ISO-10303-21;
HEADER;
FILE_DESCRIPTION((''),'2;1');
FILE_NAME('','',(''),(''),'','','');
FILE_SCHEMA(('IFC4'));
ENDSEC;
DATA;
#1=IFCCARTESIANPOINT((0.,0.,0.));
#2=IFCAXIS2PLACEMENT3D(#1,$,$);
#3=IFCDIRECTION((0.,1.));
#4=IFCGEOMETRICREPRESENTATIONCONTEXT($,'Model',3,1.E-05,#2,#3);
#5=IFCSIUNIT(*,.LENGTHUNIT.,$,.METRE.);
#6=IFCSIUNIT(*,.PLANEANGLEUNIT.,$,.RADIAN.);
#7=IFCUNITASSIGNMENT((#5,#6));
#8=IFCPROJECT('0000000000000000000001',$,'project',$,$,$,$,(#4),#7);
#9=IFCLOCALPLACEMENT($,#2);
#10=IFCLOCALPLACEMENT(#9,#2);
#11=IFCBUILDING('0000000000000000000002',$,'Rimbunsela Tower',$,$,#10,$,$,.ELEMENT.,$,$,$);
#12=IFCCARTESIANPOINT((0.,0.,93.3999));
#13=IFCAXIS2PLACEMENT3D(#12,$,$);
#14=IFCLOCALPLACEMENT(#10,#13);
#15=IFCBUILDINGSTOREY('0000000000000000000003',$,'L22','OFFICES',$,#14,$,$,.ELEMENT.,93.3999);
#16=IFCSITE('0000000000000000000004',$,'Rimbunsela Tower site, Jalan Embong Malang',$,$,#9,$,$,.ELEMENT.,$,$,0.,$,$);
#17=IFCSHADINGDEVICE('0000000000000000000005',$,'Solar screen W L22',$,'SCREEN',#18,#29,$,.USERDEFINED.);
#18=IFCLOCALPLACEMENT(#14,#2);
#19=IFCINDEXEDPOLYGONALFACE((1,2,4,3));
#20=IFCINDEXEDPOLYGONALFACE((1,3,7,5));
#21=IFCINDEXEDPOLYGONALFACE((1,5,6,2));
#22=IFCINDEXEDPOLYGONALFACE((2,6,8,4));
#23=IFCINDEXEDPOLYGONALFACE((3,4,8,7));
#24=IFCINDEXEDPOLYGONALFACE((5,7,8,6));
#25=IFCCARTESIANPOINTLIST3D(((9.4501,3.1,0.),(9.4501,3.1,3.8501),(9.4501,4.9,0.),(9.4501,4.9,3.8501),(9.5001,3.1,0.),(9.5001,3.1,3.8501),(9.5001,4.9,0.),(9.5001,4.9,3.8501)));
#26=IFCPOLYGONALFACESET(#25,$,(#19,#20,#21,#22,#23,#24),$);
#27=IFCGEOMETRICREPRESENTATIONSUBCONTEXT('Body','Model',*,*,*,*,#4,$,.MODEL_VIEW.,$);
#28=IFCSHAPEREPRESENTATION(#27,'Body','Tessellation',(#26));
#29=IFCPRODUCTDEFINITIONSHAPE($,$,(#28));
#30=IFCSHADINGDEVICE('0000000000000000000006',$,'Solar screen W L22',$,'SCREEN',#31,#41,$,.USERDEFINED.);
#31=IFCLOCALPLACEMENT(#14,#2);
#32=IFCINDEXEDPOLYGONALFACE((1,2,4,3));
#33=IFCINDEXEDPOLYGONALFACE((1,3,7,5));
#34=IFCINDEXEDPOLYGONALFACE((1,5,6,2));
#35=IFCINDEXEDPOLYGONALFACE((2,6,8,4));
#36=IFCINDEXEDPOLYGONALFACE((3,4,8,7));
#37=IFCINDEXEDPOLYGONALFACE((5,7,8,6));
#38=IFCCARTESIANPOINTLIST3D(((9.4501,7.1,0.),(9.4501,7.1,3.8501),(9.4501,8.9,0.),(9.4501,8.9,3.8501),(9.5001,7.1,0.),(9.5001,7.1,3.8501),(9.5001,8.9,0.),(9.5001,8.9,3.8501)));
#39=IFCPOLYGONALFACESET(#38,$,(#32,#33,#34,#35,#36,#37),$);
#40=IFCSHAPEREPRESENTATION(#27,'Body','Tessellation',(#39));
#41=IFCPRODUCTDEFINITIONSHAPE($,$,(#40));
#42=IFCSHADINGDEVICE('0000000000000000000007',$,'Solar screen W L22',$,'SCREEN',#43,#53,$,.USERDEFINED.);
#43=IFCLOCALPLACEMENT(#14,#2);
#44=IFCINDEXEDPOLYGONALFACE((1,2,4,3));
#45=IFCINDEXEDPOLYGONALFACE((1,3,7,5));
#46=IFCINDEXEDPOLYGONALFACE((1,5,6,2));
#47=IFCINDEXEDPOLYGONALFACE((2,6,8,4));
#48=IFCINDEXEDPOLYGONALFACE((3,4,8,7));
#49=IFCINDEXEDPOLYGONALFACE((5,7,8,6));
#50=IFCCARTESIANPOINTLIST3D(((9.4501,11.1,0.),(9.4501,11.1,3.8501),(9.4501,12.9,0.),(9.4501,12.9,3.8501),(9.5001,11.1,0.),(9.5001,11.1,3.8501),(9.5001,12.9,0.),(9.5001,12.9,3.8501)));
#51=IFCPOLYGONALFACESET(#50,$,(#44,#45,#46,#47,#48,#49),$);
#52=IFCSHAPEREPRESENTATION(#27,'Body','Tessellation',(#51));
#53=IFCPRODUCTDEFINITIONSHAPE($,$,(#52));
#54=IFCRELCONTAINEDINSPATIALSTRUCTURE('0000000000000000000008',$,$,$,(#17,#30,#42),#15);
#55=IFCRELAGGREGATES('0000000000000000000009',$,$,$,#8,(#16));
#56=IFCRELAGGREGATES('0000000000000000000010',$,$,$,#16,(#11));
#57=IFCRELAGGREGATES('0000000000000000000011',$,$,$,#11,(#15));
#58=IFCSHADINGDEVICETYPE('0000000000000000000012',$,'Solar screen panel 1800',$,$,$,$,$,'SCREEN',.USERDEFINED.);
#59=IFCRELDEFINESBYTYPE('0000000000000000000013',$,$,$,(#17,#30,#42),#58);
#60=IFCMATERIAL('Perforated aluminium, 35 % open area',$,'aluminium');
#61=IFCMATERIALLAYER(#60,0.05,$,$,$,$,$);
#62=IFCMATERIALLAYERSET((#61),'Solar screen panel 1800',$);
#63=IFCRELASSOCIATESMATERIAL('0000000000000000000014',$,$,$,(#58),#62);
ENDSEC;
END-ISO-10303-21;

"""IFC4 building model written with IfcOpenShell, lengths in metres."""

from ifc_helpers import new_model, si_unit, direction, frame, origin, origin_2d, place, context, subcontext, project, spatial, rectangle, extrude, material, layer, layer_set, type_object, element, save


model = new_model("IFC4")

# Units and contexts
model_context = context("Model", 3, precision=1e-05, world=origin(), true_north=direction((0.0, 1.0)))
body_context = subcontext(model_context, "Body", "Model", "MODEL_VIEW")
ifc_project = project(units=[si_unit("LENGTHUNIT", "METRE"), si_unit("PLANEANGLEUNIT", "RADIAN")], contexts=[model_context])

# Site, building, storey
site_placement = place(None, origin())
site = spatial("IfcSite", under=ifc_project, at=site_placement, Name="Rimbunsela Tower site, Jalan Embong Malang", CompositionType="ELEMENT", RefElevation=0.0)
building_placement = place(site_placement, origin())
building = spatial("IfcBuilding", under=site, at=building_placement, Name="Rimbunsela Tower", CompositionType="ELEMENT")
storey_placement = place(building_placement, frame((0.0, 0.0, 93.3999)))
storey = spatial("IfcBuildingStorey", under=building, at=storey_placement, Name="L22", Description="OFFICES", CompositionType="ELEMENT", Elevation=93.3999)

# Shading devices
ifc_material_1 = material(Name="Perforated aluminium, 35 % open area", Category="aluminium")
ifc_layer_1 = layer(ifc_material_1, 0.05)
ifc_layer_set_1 = layer_set([ifc_layer_1], Name="Solar screen panel 1800")
shading_device_type = type_object("IfcShadingDeviceType", Name="Solar screen panel 1800", ElementType="SCREEN", PredefinedType="USERDEFINED", material=ifc_layer_set_1)
for number, where, z_axis, x_axis, name in (
    (1, (9.4751, 4.0, 0.0), (0.0, 0.0, 1.0), (0.0, 1.0, 0.0), "Solar screen W L22"),
    (2, (9.4751, 8.0, 0.0), (0.0, 0.0, 1.0), (0.0, 1.0, 0.0), "Solar screen W L22"),
    (3, (9.4751, 12.0, 0.0), (0.0, 0.0, 1.0), (0.0, 1.0, 0.0), "Solar screen W L22"),
):
    element("IfcShadingDevice", number, at=place(storey_placement, frame(where, z_axis=z_axis, x_axis=x_axis)), inside=storey, type_object=shading_device_type, Name=name, ObjectType="SCREEN", PredefinedType="USERDEFINED", context=body_context, shape_type="SweptSolid", body=[
        extrude(rectangle(XDim=1.8, YDim=0.05, at=origin_2d()), origin(), (0.0, 0.0, 1.0), 3.8501),
    ])

save(model, "model.ifc")
